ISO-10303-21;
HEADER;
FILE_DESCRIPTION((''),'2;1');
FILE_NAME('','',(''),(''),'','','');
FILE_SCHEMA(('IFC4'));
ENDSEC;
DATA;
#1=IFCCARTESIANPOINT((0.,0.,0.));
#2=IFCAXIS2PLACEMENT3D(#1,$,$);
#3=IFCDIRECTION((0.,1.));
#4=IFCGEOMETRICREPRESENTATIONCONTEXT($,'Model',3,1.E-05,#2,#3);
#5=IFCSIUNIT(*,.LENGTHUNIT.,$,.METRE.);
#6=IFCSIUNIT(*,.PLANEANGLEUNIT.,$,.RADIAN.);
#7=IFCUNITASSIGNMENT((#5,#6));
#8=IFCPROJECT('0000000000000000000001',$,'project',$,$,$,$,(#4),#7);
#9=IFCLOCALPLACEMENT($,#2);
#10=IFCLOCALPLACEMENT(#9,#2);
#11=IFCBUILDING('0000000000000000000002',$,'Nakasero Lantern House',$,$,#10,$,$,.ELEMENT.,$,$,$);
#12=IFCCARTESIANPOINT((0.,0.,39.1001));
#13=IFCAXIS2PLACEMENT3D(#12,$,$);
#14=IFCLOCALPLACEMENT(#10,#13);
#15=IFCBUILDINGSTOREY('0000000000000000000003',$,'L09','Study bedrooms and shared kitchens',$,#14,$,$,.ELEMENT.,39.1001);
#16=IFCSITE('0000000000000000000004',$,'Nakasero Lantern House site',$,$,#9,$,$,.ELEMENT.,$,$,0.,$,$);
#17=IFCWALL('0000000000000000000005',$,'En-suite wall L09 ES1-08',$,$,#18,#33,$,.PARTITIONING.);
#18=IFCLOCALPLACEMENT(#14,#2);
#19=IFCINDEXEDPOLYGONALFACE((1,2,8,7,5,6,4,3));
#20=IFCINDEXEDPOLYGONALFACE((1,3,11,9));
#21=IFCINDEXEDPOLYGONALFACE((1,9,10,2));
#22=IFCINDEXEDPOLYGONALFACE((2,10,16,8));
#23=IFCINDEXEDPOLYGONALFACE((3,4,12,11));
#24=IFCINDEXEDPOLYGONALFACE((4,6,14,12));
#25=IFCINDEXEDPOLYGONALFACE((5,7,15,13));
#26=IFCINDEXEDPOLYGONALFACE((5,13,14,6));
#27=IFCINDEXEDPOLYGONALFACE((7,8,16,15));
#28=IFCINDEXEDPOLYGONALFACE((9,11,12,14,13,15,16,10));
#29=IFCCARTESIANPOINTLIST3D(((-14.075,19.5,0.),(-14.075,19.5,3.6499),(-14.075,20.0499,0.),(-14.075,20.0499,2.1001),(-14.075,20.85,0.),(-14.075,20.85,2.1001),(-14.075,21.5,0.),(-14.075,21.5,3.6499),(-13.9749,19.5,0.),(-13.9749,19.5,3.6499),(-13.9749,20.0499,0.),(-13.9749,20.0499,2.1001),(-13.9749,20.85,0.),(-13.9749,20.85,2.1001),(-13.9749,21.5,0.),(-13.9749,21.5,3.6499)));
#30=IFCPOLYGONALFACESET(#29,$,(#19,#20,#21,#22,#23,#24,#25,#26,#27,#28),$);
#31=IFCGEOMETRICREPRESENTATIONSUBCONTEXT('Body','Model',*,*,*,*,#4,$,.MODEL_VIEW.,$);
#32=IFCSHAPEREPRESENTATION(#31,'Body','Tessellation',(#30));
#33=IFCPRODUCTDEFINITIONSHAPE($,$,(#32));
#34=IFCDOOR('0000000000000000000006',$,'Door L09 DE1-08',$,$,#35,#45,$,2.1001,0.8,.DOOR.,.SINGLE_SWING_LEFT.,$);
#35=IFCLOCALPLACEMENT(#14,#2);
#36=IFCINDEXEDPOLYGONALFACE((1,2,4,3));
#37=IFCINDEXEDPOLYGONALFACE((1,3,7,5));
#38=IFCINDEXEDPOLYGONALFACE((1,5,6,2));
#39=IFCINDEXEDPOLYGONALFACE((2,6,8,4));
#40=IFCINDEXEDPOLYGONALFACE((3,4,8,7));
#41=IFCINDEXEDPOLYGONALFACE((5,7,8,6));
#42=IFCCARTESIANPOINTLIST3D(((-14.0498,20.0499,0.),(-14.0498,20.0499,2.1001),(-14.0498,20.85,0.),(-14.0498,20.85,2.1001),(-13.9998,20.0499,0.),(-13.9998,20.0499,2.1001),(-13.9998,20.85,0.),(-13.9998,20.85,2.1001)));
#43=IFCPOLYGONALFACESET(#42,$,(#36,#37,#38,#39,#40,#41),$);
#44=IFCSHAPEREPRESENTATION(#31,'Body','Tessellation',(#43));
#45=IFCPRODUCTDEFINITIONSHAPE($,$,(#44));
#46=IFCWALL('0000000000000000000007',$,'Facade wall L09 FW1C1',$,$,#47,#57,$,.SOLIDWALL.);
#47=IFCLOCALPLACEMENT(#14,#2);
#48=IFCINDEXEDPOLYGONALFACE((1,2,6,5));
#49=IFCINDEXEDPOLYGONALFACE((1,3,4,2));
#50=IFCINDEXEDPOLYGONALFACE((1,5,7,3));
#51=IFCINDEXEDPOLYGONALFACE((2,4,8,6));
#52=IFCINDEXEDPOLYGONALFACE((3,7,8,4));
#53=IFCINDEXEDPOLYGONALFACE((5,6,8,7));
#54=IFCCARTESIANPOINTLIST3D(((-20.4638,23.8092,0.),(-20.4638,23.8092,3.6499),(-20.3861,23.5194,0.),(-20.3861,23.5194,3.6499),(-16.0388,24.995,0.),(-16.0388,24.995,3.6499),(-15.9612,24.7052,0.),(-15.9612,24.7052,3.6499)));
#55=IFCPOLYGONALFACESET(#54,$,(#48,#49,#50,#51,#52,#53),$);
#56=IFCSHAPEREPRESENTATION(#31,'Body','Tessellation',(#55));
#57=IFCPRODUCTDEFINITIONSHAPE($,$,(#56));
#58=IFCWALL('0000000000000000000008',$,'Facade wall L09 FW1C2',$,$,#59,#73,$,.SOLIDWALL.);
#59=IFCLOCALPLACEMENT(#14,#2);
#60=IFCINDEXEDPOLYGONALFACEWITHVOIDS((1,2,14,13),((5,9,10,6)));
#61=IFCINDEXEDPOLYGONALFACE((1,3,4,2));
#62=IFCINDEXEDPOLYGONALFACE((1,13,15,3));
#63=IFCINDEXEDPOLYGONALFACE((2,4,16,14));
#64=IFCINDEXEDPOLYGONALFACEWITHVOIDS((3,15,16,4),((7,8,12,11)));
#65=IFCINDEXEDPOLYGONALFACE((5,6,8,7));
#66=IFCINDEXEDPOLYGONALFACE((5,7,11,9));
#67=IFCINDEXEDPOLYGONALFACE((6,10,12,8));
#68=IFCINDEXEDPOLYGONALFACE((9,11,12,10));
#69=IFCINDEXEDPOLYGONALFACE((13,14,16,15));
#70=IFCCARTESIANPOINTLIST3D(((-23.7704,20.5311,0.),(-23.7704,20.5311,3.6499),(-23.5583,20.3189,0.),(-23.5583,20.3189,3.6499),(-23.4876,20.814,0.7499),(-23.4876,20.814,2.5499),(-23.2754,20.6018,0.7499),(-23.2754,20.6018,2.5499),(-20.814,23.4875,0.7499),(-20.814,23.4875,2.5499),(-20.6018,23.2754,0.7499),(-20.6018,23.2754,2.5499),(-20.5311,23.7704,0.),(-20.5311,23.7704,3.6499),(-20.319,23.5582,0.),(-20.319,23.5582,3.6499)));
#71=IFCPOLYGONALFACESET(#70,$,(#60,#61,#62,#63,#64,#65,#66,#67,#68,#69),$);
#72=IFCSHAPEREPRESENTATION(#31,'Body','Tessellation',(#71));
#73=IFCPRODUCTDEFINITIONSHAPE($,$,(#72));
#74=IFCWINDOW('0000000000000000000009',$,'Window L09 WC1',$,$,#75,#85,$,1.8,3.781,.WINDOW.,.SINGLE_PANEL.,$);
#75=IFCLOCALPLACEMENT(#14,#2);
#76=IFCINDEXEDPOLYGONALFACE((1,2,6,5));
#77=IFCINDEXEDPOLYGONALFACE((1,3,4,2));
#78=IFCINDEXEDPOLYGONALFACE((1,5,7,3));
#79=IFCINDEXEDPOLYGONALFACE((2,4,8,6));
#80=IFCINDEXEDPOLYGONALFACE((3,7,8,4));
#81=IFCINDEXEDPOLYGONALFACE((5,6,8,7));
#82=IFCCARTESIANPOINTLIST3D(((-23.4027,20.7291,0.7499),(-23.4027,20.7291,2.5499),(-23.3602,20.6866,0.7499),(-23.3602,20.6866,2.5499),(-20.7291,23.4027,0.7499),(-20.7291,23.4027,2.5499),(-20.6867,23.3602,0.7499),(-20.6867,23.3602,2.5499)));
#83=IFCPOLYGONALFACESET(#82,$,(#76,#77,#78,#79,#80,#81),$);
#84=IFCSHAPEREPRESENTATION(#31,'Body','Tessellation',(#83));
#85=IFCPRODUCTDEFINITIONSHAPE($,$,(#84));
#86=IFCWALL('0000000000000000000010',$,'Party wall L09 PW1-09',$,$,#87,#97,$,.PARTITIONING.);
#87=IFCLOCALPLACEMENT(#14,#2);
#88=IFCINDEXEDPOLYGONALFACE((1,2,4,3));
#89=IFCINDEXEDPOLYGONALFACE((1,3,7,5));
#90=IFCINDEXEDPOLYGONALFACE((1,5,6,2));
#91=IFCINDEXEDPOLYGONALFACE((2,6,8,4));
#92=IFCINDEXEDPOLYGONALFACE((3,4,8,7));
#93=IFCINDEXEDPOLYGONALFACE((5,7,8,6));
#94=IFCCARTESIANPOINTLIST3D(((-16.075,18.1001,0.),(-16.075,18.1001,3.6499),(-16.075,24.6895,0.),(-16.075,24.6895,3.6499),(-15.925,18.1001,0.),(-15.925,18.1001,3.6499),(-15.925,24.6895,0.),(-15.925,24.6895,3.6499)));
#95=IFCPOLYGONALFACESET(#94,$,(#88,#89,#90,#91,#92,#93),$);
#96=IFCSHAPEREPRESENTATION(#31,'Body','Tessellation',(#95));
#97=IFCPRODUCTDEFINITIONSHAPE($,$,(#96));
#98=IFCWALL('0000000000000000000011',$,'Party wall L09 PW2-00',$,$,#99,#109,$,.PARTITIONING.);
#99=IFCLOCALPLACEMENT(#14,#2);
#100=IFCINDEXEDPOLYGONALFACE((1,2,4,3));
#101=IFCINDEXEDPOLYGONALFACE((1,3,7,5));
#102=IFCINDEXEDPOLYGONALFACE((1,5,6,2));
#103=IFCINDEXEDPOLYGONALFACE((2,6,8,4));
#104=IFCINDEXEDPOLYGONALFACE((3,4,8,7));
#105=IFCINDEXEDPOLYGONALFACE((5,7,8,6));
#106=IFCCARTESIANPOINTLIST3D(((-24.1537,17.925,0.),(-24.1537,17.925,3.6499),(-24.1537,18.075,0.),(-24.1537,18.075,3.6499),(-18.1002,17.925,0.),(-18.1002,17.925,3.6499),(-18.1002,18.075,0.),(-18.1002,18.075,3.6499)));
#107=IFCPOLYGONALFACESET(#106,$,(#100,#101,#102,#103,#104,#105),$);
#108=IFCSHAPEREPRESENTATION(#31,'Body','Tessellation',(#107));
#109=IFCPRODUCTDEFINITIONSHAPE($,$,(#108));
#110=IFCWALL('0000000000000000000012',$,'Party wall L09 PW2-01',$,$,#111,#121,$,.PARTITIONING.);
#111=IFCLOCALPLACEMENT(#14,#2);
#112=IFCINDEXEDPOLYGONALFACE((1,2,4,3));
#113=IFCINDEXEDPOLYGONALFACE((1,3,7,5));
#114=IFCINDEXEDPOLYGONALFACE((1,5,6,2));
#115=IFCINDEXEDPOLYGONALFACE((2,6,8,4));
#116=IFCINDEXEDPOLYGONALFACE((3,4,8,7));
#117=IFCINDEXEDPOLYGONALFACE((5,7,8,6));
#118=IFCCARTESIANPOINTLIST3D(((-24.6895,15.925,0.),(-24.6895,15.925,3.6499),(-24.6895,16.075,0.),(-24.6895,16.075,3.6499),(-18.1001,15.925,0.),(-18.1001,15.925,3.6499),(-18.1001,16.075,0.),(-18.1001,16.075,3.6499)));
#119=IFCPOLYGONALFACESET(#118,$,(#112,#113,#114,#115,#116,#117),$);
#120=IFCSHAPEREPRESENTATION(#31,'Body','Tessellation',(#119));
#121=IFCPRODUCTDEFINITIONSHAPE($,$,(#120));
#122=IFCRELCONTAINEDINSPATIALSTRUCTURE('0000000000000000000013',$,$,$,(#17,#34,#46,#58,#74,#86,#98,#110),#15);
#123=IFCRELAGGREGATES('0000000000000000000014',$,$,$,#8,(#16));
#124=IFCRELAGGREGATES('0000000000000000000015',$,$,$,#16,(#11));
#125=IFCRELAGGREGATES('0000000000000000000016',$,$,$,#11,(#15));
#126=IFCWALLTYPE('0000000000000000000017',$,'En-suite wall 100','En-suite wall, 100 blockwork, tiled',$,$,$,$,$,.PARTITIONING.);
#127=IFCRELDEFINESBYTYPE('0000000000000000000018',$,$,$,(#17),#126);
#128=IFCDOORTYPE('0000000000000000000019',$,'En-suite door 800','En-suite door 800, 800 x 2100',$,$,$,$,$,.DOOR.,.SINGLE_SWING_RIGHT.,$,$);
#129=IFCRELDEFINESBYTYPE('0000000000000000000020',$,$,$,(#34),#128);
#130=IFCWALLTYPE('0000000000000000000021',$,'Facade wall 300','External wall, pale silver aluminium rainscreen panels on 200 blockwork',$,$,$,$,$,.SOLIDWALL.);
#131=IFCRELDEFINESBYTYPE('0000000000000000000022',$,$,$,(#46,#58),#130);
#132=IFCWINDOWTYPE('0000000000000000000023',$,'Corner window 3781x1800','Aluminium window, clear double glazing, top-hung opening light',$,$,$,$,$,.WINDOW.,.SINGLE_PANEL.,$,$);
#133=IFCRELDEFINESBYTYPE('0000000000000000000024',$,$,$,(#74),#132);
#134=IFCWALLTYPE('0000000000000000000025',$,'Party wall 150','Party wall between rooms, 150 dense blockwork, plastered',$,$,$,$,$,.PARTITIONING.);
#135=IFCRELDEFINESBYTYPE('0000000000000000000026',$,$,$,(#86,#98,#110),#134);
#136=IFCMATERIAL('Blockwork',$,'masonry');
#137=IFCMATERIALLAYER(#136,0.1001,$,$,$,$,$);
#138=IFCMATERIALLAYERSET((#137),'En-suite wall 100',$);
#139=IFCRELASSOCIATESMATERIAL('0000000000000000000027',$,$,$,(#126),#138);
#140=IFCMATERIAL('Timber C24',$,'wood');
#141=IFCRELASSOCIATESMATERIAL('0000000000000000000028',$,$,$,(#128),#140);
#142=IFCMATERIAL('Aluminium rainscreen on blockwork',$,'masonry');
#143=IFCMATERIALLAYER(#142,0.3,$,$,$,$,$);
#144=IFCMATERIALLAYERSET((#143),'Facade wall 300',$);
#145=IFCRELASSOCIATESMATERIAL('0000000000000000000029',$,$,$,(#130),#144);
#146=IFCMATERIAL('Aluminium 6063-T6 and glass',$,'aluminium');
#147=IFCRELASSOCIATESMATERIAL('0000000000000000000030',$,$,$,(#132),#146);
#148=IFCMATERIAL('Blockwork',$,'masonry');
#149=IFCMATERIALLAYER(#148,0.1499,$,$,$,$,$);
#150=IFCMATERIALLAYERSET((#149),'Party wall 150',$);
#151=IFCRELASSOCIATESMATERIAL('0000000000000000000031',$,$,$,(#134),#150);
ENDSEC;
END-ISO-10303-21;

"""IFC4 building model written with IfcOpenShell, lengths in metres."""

from ifc_helpers import new_model, si_unit, direction, frame, frame_2d, origin, place, context, subcontext, project, spatial, rectangle, extrude, material, layer, layer_set, type_object, element, fill, save


model = new_model("IFC4")

# Units and contexts
model_context = context("Model", 3, precision=1e-05, world=origin(), true_north=direction((0.0, 1.0)))
body_context = subcontext(model_context, "Body", "Model", "MODEL_VIEW")
ifc_project = project(units=[si_unit("LENGTHUNIT", "METRE"), si_unit("PLANEANGLEUNIT", "RADIAN")], contexts=[model_context])

# Site, building, storey
site_placement = place(None, origin())
site = spatial("IfcSite", under=ifc_project, at=site_placement, Name="Nakasero Lantern House site", CompositionType="ELEMENT", RefElevation=0.0)
building_placement = place(site_placement, origin())
building = spatial("IfcBuilding", under=site, at=building_placement, Name="Nakasero Lantern House", CompositionType="ELEMENT")
storey_placement = place(building_placement, frame((0.0, 0.0, 39.1001)))
storey = spatial("IfcBuildingStorey", under=building, at=storey_placement, Name="L09", Description="Study bedrooms and shared kitchens", CompositionType="ELEMENT", Elevation=39.1001)

# Wall, opening, door
ifc_material_1 = material(Name="Blockwork", Category="masonry")
ifc_layer_1 = layer(ifc_material_1, 0.1001)
ifc_layer_set_1 = layer_set([ifc_layer_1], Name="En-suite wall 100")
wall_type_1 = type_object("IfcWallType", Name="En-suite wall 100", Description="En-suite wall, 100 blockwork, tiled", PredefinedType="PARTITIONING", material=ifc_layer_set_1)
wall_1_placement = place(storey_placement, frame((-14.0249, 19.5, 0.0), z_axis=(0.0, 0.0, 1.0), x_axis=(0.0, 1.0, 0.0)))
wall_1 = element("IfcWall", 1, at=wall_1_placement, inside=storey, type_object=wall_type_1, Name="En-suite wall L09 ES1-08", PredefinedType="PARTITIONING", context=body_context, shape_type="SweptSolid", body=[
    extrude(rectangle(XDim=2.0, YDim=0.1001, at=frame_2d((1.0, 0.0))), origin(), (0.0, 0.0, 1.0), 3.6499),
])
opening_1_placement = place(wall_1_placement, frame((0.55, 0.0, 0.0)))
opening_1 = element("IfcOpeningElement", 2, at=opening_1_placement, cuts=wall_1, PredefinedType="OPENING", context=body_context, shape_type="SweptSolid", body=[
    extrude(rectangle(XDim=0.8, YDim=2.1001, at=frame_2d((0.3999, 1.05))), frame((0.0, 0.0701, 0.0), z_axis=(0.0, -1.0, 0.0), x_axis=(1.0, 0.0, 0.0)), (0.0, 0.0, 1.0), 0.1401),
])
ifc_material_2 = material(Name="Timber C24", Category="wood")
door_type_1 = type_object("IfcDoorType", Name="En-suite door 800", Description="En-suite door 800, 800 x 2100", OperationType="SINGLE_SWING_RIGHT", PredefinedType="DOOR", material=ifc_material_2)
door_1_placement = place(opening_1_placement, origin())
door_1 = element("IfcDoor", 3, at=door_1_placement, inside=storey, type_object=door_type_1, Name="Door L09 DE1-08", OperationType="SINGLE_SWING_LEFT", OverallHeight=2.1001, OverallWidth=0.8, PredefinedType="DOOR", context=body_context, shape_type="SweptSolid", body=[
    extrude(rectangle(XDim=0.8, YDim=2.1001, at=frame_2d((0.3999, 1.05))), frame((0.0, 0.0249, 0.0), z_axis=(0.0, -1.0, 0.0), x_axis=(1.0, 0.0, 0.0)), (0.0, 0.0, 1.0), 0.05),
])
fill(opening_1, door_1)

# Wall
ifc_material_3 = material(Name="Aluminium rainscreen on blockwork", Category="masonry")
ifc_layer_2 = layer(ifc_material_3, 0.3)
ifc_layer_set_2 = layer_set([ifc_layer_2], Name="Facade wall 300")
wall_type_2 = type_object("IfcWallType", Name="Facade wall 300", Description="External wall, pale silver aluminium rainscreen panels on 200 blockwork", PredefinedType="SOLIDWALL", material=ifc_layer_set_2)
wall_2_placement = place(storey_placement, frame((-16.0, 24.8501, 0.0), z_axis=(0.0, 0.0, 1.0), x_axis=(-0.96592, -0.25884, 0.0)))
element("IfcWall", 4, at=wall_2_placement, inside=storey, type_object=wall_type_2, Name="Facade wall L09 FW1C1", PredefinedType="SOLIDWALL", context=body_context, shape_type="SweptSolid", body=[
    extrude(rectangle(XDim=4.5811, YDim=0.3, at=frame_2d((2.2905, 0.0))), origin(), (0.0, 0.0, 1.0), 3.6499),
])

# Wall, opening, window
wall_3_placement = place(storey_placement, frame((-20.425, 23.6643, 0.0), z_axis=(0.0, 0.0, 1.0), x_axis=(-0.707107, -0.707107, 0.0)))
wall_3 = element("IfcWall", 5, at=wall_3_placement, inside=storey, type_object=wall_type_2, Name="Facade wall L09 FW1C2", PredefinedType="SOLIDWALL", context=body_context, shape_type="SweptSolid", body=[
    extrude(rectangle(XDim=4.5811, YDim=0.3, at=frame_2d((2.2905, 0.0))), origin(), (0.0, 0.0, 1.0), 3.6499),
])
opening_2_placement = place(wall_3_placement, frame((0.3999, 0.0, 0.75)))
opening_2 = element("IfcOpeningElement", 6, at=opening_2_placement, cuts=wall_3, PredefinedType="OPENING", context=body_context, shape_type="SweptSolid", body=[
    extrude(rectangle(XDim=3.781, YDim=1.8, at=frame_2d((1.8906, 0.8999))), frame((0.0, 0.1699, 0.0), z_axis=(0.0, -1.0, 0.0), x_axis=(1.0, 0.0, 0.0)), (0.0, 0.0, 1.0), 0.3401),
])
ifc_material_4 = material(Name="Aluminium 6063-T6 and glass", Category="aluminium")
window_type = type_object("IfcWindowType", Name="Corner window 3781x1800", Description="Aluminium window, clear double glazing, top-hung opening light", PartitioningType="SINGLE_PANEL", PredefinedType="WINDOW", material=ifc_material_4)
window_placement = place(opening_2_placement, origin())
window = element("IfcWindow", 7, at=window_placement, inside=storey, type_object=window_type, Name="Window L09 WC1", OverallHeight=1.8, OverallWidth=3.781, PartitioningType="SINGLE_PANEL", PredefinedType="WINDOW", context=body_context, shape_type="SweptSolid", body=[
    extrude(rectangle(XDim=3.781, YDim=1.8, at=frame_2d((1.8906, 0.8999))), frame((0.0, 0.03, 0.0), z_axis=(0.0, -1.0, 0.0), x_axis=(1.0, 0.0, 0.0)), (0.0, 0.0, 1.0), 0.0601),
])
fill(opening_2, window)

# Walls
ifc_material_5 = material(Name="Blockwork", Category="masonry")
ifc_layer_3 = layer(ifc_material_5, 0.1499)
ifc_layer_set_3 = layer_set([ifc_layer_3], Name="Party wall 150")
wall_type_3 = type_object("IfcWallType", Name="Party wall 150", Description="Party wall between rooms, 150 dense blockwork, plastered", PredefinedType="PARTITIONING", material=ifc_layer_set_3)
wall_4_placement = place(storey_placement, frame((-16.0, 18.1001, 0.0), z_axis=(0.0, 0.0, 1.0), x_axis=(0.0, 1.0, 0.0)))
element("IfcWall", 8, at=wall_4_placement, inside=storey, type_object=wall_type_3, Name="Party wall L09 PW1-09", PredefinedType="PARTITIONING", context=body_context, shape_type="SweptSolid", body=[
    extrude(rectangle(XDim=6.5894, YDim=0.1499, at=frame_2d((3.2947, 0.0))), origin(), (0.0, 0.0, 1.0), 3.6499),
])
wall_5_placement = place(storey_placement, frame((-18.1001, 18.0, 0.0), z_axis=(0.0, 0.0, 1.0), x_axis=(-1.0, 0.0, 0.0)))
element("IfcWall", 9, at=wall_5_placement, inside=storey, type_object=wall_type_3, Name="Party wall L09 PW2-00", PredefinedType="PARTITIONING", context=body_context, shape_type="SweptSolid", body=[
    extrude(rectangle(XDim=6.0535, YDim=0.1499, at=frame_2d((3.0269, 0.0))), origin(), (0.0, 0.0, 1.0), 3.6499),
])
wall_6_placement = place(storey_placement, frame((-18.1001, 16.0, 0.0), z_axis=(0.0, 0.0, 1.0), x_axis=(-1.0, 0.0, 0.0)))
element("IfcWall", 10, at=wall_6_placement, inside=storey, type_object=wall_type_3, Name="Party wall L09 PW2-01", PredefinedType="PARTITIONING", context=body_context, shape_type="SweptSolid", body=[
    extrude(rectangle(XDim=6.5894, YDim=0.1499, at=frame_2d((3.2947, 0.0))), origin(), (0.0, 0.0, 1.0), 3.6499),
])

save(model, "model.ifc")
